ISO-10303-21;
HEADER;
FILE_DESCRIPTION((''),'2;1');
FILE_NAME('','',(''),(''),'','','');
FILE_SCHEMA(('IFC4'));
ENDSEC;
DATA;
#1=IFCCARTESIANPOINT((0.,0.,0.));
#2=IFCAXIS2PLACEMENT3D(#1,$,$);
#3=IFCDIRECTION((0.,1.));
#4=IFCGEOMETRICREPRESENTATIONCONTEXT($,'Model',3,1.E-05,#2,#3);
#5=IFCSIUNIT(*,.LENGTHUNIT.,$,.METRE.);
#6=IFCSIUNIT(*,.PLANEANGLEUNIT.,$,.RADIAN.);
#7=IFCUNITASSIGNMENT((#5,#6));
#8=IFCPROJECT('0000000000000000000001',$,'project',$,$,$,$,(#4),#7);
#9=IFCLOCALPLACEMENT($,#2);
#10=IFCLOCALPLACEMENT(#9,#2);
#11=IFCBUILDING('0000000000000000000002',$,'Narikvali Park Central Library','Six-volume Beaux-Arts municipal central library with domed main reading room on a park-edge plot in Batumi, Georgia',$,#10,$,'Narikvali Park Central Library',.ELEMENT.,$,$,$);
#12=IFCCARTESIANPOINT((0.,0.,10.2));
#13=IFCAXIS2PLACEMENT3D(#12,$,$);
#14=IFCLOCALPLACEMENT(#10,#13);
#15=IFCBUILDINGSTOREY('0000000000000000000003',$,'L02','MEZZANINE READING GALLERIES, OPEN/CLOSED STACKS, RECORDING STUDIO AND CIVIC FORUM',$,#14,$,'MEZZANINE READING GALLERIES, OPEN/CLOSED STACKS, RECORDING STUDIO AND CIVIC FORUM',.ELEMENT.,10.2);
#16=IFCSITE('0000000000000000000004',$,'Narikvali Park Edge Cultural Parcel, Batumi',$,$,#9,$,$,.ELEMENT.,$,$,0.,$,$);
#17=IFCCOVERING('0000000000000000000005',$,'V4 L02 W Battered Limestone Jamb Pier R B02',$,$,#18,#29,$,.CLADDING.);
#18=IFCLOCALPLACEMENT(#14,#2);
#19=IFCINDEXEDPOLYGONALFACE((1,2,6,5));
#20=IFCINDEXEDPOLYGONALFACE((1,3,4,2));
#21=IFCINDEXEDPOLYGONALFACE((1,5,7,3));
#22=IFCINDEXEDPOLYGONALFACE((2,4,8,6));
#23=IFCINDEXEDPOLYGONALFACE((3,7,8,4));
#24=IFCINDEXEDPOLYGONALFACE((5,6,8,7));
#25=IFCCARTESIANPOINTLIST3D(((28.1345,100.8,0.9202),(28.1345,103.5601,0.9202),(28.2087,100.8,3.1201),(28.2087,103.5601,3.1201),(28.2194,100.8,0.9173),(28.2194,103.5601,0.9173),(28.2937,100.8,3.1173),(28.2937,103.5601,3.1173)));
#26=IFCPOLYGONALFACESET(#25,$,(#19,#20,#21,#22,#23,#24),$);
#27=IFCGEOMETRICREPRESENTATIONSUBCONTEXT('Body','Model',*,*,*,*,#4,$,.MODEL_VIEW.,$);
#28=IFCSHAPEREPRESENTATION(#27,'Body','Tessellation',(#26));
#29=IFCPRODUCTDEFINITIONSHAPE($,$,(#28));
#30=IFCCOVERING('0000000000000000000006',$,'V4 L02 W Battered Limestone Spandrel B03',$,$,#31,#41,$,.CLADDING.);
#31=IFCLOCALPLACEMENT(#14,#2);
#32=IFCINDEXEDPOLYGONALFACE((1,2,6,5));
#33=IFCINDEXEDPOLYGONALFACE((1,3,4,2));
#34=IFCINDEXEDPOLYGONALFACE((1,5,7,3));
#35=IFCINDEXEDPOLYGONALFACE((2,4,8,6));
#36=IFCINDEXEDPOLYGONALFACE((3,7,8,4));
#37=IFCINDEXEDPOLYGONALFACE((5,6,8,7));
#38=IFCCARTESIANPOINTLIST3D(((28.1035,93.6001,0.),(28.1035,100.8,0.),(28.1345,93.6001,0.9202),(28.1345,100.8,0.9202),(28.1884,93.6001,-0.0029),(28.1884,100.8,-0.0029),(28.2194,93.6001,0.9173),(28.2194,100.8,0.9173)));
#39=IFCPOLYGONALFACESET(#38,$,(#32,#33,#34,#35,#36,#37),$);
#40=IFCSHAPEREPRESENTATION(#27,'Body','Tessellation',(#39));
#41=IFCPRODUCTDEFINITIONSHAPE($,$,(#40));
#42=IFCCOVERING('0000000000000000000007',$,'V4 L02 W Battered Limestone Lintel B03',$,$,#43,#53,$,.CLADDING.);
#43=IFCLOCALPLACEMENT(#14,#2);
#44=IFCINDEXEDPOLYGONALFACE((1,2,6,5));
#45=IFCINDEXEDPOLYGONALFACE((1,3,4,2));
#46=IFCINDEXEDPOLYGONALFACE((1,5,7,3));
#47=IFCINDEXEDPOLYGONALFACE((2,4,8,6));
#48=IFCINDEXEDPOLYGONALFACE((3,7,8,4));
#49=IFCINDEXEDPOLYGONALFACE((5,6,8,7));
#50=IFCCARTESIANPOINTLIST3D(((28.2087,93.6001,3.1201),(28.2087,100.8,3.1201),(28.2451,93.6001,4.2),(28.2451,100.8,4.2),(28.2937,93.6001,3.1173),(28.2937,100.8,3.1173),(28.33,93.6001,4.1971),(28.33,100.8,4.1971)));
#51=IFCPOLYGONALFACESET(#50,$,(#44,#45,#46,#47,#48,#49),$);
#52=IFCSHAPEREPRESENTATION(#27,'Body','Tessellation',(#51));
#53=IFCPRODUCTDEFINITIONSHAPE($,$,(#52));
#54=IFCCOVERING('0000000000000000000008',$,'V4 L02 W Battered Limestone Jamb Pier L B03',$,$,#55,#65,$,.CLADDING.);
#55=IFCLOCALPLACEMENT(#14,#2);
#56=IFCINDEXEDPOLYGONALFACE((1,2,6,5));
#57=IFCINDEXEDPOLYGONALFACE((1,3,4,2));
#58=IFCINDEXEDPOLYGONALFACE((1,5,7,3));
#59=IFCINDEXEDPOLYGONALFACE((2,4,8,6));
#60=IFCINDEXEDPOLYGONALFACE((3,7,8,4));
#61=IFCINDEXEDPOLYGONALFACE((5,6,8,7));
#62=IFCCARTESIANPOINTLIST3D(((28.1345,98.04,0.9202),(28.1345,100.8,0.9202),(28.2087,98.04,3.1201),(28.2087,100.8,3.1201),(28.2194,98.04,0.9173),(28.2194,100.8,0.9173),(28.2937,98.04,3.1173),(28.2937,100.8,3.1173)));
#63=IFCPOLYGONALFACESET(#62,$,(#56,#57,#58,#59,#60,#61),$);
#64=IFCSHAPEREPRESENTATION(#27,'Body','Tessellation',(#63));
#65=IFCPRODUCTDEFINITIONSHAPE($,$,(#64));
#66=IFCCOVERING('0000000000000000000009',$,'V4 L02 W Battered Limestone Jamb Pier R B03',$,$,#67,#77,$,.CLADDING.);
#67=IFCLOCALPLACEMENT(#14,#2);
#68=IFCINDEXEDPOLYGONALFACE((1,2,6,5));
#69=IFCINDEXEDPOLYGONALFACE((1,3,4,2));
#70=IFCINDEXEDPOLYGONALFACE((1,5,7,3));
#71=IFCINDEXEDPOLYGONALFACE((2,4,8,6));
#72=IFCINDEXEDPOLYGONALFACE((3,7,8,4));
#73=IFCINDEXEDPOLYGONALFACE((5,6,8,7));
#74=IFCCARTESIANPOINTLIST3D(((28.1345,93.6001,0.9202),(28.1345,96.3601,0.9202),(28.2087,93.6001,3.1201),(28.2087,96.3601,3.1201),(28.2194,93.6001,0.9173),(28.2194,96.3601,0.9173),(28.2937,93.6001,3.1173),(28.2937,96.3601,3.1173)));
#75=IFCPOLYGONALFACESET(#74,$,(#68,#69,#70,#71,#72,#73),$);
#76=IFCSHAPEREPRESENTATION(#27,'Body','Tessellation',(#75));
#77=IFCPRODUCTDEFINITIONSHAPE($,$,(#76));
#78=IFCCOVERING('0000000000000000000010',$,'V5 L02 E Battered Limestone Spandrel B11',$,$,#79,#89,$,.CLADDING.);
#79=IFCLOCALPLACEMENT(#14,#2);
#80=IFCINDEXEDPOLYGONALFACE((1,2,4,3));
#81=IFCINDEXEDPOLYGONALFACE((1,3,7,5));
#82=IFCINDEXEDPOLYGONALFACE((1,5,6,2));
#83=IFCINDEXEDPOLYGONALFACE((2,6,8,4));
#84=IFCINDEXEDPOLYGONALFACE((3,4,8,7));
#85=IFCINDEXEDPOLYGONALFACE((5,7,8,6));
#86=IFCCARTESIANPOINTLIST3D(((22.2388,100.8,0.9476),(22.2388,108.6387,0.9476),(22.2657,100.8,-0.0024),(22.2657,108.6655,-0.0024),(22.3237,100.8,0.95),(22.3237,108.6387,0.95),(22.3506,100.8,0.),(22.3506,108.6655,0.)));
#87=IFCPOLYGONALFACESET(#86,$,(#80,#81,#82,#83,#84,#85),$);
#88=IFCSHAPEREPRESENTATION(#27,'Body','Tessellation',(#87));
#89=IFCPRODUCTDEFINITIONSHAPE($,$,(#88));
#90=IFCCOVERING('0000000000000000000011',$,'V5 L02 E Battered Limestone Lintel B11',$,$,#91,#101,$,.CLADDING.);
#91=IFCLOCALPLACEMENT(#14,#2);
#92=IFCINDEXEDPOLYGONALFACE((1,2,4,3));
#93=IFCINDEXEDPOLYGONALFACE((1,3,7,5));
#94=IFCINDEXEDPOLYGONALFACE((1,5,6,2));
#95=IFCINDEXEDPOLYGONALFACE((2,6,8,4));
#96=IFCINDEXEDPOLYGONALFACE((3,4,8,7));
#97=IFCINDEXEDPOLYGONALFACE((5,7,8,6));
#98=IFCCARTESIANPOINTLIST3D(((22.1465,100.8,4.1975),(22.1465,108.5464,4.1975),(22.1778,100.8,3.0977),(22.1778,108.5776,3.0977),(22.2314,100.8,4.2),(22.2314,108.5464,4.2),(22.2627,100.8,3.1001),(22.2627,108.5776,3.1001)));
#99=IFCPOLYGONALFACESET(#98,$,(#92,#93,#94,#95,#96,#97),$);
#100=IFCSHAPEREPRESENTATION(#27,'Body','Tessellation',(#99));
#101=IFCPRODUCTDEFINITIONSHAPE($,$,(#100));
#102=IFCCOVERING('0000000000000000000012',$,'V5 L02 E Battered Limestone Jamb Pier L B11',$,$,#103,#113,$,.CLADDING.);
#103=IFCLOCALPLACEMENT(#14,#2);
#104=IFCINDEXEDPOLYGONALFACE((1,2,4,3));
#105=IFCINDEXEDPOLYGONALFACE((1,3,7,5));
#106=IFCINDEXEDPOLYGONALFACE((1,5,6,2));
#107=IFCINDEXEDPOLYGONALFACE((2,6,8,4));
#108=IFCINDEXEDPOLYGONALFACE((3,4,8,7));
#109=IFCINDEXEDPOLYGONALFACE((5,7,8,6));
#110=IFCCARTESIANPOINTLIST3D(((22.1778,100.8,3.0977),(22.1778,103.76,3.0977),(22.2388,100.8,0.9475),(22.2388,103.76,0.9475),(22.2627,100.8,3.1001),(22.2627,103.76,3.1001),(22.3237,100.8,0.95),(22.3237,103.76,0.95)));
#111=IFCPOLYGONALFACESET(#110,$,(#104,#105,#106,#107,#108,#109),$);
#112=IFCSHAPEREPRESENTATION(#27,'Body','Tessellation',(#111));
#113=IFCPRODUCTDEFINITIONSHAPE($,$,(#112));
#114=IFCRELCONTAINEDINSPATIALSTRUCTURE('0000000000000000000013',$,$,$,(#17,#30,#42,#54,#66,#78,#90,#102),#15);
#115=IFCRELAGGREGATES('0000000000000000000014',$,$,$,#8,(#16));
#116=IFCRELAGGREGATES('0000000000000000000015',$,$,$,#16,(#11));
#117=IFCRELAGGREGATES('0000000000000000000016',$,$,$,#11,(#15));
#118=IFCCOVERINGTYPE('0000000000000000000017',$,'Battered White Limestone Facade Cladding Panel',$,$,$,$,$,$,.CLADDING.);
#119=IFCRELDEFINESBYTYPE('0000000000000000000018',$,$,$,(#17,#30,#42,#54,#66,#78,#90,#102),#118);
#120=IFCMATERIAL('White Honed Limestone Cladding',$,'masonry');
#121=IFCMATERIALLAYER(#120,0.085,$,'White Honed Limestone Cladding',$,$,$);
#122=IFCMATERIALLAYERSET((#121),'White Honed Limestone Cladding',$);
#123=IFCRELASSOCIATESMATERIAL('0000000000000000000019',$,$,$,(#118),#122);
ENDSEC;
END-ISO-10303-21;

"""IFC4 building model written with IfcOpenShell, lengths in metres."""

from ifc_helpers import new_model, si_unit, direction, frame, origin, place, context, subcontext, project, spatial, polyline, outline, extrude, material, layer, layer_set, type_object, element, save


model = new_model("IFC4")

# Units and contexts
model_context = context("Model", 3, precision=1e-05, world=origin(), true_north=direction((0.0, 1.0)))
body_context = subcontext(model_context, "Body", "Model", "MODEL_VIEW")
ifc_project = project(units=[si_unit("LENGTHUNIT", "METRE"), si_unit("PLANEANGLEUNIT", "RADIAN")], contexts=[model_context])

# Site, building, storey
site_placement = place(None, origin())
site = spatial("IfcSite", under=ifc_project, at=site_placement, Name="Narikvali Park Edge Cultural Parcel, Batumi", CompositionType="ELEMENT", RefElevation=0.0)
building_placement = place(site_placement, origin())
building = spatial("IfcBuilding", under=site, at=building_placement, Name="Narikvali Park Central Library", Description="Six-volume Beaux-Arts municipal central library with domed main reading room on a park-edge plot in Batumi, Georgia", LongName="Narikvali Park Central Library", CompositionType="ELEMENT")
storey_placement = place(building_placement, frame((0.0, 0.0, 10.2)))
storey = spatial("IfcBuildingStorey", under=building, at=storey_placement, Name="L02", Description="MEZZANINE READING GALLERIES, OPEN/CLOSED STACKS, RECORDING STUDIO AND CIVIC FORUM", LongName="MEZZANINE READING GALLERIES, OPEN/CLOSED STACKS, RECORDING STUDIO AND CIVIC FORUM", CompositionType="ELEMENT", Elevation=10.2)

# Coverings
ifc_material_1 = material(Name="White Honed Limestone Cladding", Category="masonry")
ifc_layer_1 = layer(ifc_material_1, 0.085, Name="White Honed Limestone Cladding")
ifc_layer_set_1 = layer_set([ifc_layer_1], Name="White Honed Limestone Cladding")
covering_type = type_object("IfcCoveringType", Name="Battered White Limestone Facade Cladding Panel", PredefinedType="CLADDING", material=ifc_layer_set_1)
covering_1_placement = place(storey_placement, frame((28.1345, 103.5601, 0.9202), z_axis=(-0.999431, 0.0, 0.033717), x_axis=(0.0, -1.0, 0.0)))
element("IfcCovering", 1, at=covering_1_placement, inside=storey, type_object=covering_type, Name="V4 L02 W Battered Limestone Jamb Pier R B02", PredefinedType="CLADDING", context=body_context, shape_type="SweptSolid", body=[
    extrude(outline(polyline([(0.0, 0.0), (2.76, 0.0), (2.76, 2.2012), (0.0, 2.2012), (0.0, 0.0)])), origin(), (0.0, 0.0, -1.0), 0.085),
])
covering_2_placement = place(storey_placement, frame((28.1035, 100.8, 0.0), z_axis=(-0.999433, 0.0, 0.033677), x_axis=(0.0, -1.0, 0.0)))
element("IfcCovering", 2, at=covering_2_placement, inside=storey, type_object=covering_type, Name="V4 L02 W Battered Limestone Spandrel B03", PredefinedType="CLADDING", context=body_context, shape_type="SweptSolid", body=[
    extrude(outline(polyline([(0.0, 0.0), (7.2, 0.0), (7.2, 0.9207), (0.0, 0.9207), (0.0, 0.0)])), origin(), (0.0, 0.0, -1.0), 0.085),
])
covering_3_placement = place(storey_placement, frame((28.2087, 100.8, 3.1201), z_axis=(-0.999433, 0.0, 0.033668), x_axis=(0.0, -1.0, 0.0)))
element("IfcCovering", 3, at=covering_3_placement, inside=storey, type_object=covering_type, Name="V4 L02 W Battered Limestone Lintel B03", PredefinedType="CLADDING", context=body_context, shape_type="SweptSolid", body=[
    extrude(outline(polyline([(0.0, 0.0), (7.2, 0.0), (7.2, 1.0804), (0.0, 1.0804), (0.0, 0.0)])), origin(), (0.0, 0.0, -1.0), 0.085),
])
for number, where, z_axis, x_axis, name in (
    (4, (28.1345, 100.8, 0.9202), (-0.999431, 0.0, 0.033717), (0.0, -1.0, 0.0), "V4 L02 W Battered Limestone Jamb Pier L B03"),
    (5, (28.1345, 96.3601, 0.9202), (-0.999431, 0.0, 0.033717), (0.0, -1.0, 0.0), "V4 L02 W Battered Limestone Jamb Pier R B03"),
):
    element("IfcCovering", number, at=place(storey_placement, frame(where, z_axis=z_axis, x_axis=x_axis)), inside=storey, type_object=covering_type, Name=name, PredefinedType="CLADDING", context=body_context, shape_type="SweptSolid", body=[
        extrude(outline(polyline([(0.0, 0.0), (2.76, 0.0), (2.76, 2.2012), (0.0, 2.2012), (0.0, 0.0)])), origin(), (0.0, 0.0, -1.0), 0.085),
    ])
covering_4_placement = place(storey_placement, frame((22.3506, 100.8, 0.0), z_axis=(0.999601, 0.0, 0.028259), x_axis=(0.0, 1.0, 0.0)))
element("IfcCovering", 6, at=covering_4_placement, inside=storey, type_object=covering_type, Name="V5 L02 E Battered Limestone Spandrel B11", PredefinedType="CLADDING", context=body_context, shape_type="SweptSolid", body=[
    extrude(outline(polyline([(0.0, 0.0), (7.8655, 0.0), (7.8386, 0.9503), (0.0, 0.9503), (0.0, 0.0)])), origin(), (0.0, 0.0, -1.0), 0.085),
])
covering_5_placement = place(storey_placement, frame((22.2627, 100.8, 3.1001), z_axis=(0.999597, 0.0, 0.028401), x_axis=(0.0, 1.0, 0.0)))
element("IfcCovering", 7, at=covering_5_placement, inside=storey, type_object=covering_type, Name="V5 L02 E Battered Limestone Lintel B11", PredefinedType="CLADDING", context=body_context, shape_type="SweptSolid", body=[
    extrude(outline(polyline([(0.0, 0.0), (7.7776, 0.0), (7.7463, 1.1003), (0.0, 1.1003), (0.0, 0.0)])), origin(), (0.0, 0.0, -1.0), 0.085),
])
covering_6_placement = place(storey_placement, frame((22.3237, 100.8, 0.95), z_axis=(0.999597, 0.0, 0.028375), x_axis=(0.0, 1.0, 0.0)))
element("IfcCovering", 8, at=covering_6_placement, inside=storey, type_object=covering_type, Name="V5 L02 E Battered Limestone Jamb Pier L B11", PredefinedType="CLADDING", context=body_context, shape_type="SweptSolid", body=[
    extrude(outline(polyline([(0.0, 0.0), (2.96, 0.0), (2.96, 2.151), (0.0, 2.151), (0.0, 0.0)])), origin(), (0.0, 0.0, -1.0), 0.085),
])

save(model, "model.ifc")
